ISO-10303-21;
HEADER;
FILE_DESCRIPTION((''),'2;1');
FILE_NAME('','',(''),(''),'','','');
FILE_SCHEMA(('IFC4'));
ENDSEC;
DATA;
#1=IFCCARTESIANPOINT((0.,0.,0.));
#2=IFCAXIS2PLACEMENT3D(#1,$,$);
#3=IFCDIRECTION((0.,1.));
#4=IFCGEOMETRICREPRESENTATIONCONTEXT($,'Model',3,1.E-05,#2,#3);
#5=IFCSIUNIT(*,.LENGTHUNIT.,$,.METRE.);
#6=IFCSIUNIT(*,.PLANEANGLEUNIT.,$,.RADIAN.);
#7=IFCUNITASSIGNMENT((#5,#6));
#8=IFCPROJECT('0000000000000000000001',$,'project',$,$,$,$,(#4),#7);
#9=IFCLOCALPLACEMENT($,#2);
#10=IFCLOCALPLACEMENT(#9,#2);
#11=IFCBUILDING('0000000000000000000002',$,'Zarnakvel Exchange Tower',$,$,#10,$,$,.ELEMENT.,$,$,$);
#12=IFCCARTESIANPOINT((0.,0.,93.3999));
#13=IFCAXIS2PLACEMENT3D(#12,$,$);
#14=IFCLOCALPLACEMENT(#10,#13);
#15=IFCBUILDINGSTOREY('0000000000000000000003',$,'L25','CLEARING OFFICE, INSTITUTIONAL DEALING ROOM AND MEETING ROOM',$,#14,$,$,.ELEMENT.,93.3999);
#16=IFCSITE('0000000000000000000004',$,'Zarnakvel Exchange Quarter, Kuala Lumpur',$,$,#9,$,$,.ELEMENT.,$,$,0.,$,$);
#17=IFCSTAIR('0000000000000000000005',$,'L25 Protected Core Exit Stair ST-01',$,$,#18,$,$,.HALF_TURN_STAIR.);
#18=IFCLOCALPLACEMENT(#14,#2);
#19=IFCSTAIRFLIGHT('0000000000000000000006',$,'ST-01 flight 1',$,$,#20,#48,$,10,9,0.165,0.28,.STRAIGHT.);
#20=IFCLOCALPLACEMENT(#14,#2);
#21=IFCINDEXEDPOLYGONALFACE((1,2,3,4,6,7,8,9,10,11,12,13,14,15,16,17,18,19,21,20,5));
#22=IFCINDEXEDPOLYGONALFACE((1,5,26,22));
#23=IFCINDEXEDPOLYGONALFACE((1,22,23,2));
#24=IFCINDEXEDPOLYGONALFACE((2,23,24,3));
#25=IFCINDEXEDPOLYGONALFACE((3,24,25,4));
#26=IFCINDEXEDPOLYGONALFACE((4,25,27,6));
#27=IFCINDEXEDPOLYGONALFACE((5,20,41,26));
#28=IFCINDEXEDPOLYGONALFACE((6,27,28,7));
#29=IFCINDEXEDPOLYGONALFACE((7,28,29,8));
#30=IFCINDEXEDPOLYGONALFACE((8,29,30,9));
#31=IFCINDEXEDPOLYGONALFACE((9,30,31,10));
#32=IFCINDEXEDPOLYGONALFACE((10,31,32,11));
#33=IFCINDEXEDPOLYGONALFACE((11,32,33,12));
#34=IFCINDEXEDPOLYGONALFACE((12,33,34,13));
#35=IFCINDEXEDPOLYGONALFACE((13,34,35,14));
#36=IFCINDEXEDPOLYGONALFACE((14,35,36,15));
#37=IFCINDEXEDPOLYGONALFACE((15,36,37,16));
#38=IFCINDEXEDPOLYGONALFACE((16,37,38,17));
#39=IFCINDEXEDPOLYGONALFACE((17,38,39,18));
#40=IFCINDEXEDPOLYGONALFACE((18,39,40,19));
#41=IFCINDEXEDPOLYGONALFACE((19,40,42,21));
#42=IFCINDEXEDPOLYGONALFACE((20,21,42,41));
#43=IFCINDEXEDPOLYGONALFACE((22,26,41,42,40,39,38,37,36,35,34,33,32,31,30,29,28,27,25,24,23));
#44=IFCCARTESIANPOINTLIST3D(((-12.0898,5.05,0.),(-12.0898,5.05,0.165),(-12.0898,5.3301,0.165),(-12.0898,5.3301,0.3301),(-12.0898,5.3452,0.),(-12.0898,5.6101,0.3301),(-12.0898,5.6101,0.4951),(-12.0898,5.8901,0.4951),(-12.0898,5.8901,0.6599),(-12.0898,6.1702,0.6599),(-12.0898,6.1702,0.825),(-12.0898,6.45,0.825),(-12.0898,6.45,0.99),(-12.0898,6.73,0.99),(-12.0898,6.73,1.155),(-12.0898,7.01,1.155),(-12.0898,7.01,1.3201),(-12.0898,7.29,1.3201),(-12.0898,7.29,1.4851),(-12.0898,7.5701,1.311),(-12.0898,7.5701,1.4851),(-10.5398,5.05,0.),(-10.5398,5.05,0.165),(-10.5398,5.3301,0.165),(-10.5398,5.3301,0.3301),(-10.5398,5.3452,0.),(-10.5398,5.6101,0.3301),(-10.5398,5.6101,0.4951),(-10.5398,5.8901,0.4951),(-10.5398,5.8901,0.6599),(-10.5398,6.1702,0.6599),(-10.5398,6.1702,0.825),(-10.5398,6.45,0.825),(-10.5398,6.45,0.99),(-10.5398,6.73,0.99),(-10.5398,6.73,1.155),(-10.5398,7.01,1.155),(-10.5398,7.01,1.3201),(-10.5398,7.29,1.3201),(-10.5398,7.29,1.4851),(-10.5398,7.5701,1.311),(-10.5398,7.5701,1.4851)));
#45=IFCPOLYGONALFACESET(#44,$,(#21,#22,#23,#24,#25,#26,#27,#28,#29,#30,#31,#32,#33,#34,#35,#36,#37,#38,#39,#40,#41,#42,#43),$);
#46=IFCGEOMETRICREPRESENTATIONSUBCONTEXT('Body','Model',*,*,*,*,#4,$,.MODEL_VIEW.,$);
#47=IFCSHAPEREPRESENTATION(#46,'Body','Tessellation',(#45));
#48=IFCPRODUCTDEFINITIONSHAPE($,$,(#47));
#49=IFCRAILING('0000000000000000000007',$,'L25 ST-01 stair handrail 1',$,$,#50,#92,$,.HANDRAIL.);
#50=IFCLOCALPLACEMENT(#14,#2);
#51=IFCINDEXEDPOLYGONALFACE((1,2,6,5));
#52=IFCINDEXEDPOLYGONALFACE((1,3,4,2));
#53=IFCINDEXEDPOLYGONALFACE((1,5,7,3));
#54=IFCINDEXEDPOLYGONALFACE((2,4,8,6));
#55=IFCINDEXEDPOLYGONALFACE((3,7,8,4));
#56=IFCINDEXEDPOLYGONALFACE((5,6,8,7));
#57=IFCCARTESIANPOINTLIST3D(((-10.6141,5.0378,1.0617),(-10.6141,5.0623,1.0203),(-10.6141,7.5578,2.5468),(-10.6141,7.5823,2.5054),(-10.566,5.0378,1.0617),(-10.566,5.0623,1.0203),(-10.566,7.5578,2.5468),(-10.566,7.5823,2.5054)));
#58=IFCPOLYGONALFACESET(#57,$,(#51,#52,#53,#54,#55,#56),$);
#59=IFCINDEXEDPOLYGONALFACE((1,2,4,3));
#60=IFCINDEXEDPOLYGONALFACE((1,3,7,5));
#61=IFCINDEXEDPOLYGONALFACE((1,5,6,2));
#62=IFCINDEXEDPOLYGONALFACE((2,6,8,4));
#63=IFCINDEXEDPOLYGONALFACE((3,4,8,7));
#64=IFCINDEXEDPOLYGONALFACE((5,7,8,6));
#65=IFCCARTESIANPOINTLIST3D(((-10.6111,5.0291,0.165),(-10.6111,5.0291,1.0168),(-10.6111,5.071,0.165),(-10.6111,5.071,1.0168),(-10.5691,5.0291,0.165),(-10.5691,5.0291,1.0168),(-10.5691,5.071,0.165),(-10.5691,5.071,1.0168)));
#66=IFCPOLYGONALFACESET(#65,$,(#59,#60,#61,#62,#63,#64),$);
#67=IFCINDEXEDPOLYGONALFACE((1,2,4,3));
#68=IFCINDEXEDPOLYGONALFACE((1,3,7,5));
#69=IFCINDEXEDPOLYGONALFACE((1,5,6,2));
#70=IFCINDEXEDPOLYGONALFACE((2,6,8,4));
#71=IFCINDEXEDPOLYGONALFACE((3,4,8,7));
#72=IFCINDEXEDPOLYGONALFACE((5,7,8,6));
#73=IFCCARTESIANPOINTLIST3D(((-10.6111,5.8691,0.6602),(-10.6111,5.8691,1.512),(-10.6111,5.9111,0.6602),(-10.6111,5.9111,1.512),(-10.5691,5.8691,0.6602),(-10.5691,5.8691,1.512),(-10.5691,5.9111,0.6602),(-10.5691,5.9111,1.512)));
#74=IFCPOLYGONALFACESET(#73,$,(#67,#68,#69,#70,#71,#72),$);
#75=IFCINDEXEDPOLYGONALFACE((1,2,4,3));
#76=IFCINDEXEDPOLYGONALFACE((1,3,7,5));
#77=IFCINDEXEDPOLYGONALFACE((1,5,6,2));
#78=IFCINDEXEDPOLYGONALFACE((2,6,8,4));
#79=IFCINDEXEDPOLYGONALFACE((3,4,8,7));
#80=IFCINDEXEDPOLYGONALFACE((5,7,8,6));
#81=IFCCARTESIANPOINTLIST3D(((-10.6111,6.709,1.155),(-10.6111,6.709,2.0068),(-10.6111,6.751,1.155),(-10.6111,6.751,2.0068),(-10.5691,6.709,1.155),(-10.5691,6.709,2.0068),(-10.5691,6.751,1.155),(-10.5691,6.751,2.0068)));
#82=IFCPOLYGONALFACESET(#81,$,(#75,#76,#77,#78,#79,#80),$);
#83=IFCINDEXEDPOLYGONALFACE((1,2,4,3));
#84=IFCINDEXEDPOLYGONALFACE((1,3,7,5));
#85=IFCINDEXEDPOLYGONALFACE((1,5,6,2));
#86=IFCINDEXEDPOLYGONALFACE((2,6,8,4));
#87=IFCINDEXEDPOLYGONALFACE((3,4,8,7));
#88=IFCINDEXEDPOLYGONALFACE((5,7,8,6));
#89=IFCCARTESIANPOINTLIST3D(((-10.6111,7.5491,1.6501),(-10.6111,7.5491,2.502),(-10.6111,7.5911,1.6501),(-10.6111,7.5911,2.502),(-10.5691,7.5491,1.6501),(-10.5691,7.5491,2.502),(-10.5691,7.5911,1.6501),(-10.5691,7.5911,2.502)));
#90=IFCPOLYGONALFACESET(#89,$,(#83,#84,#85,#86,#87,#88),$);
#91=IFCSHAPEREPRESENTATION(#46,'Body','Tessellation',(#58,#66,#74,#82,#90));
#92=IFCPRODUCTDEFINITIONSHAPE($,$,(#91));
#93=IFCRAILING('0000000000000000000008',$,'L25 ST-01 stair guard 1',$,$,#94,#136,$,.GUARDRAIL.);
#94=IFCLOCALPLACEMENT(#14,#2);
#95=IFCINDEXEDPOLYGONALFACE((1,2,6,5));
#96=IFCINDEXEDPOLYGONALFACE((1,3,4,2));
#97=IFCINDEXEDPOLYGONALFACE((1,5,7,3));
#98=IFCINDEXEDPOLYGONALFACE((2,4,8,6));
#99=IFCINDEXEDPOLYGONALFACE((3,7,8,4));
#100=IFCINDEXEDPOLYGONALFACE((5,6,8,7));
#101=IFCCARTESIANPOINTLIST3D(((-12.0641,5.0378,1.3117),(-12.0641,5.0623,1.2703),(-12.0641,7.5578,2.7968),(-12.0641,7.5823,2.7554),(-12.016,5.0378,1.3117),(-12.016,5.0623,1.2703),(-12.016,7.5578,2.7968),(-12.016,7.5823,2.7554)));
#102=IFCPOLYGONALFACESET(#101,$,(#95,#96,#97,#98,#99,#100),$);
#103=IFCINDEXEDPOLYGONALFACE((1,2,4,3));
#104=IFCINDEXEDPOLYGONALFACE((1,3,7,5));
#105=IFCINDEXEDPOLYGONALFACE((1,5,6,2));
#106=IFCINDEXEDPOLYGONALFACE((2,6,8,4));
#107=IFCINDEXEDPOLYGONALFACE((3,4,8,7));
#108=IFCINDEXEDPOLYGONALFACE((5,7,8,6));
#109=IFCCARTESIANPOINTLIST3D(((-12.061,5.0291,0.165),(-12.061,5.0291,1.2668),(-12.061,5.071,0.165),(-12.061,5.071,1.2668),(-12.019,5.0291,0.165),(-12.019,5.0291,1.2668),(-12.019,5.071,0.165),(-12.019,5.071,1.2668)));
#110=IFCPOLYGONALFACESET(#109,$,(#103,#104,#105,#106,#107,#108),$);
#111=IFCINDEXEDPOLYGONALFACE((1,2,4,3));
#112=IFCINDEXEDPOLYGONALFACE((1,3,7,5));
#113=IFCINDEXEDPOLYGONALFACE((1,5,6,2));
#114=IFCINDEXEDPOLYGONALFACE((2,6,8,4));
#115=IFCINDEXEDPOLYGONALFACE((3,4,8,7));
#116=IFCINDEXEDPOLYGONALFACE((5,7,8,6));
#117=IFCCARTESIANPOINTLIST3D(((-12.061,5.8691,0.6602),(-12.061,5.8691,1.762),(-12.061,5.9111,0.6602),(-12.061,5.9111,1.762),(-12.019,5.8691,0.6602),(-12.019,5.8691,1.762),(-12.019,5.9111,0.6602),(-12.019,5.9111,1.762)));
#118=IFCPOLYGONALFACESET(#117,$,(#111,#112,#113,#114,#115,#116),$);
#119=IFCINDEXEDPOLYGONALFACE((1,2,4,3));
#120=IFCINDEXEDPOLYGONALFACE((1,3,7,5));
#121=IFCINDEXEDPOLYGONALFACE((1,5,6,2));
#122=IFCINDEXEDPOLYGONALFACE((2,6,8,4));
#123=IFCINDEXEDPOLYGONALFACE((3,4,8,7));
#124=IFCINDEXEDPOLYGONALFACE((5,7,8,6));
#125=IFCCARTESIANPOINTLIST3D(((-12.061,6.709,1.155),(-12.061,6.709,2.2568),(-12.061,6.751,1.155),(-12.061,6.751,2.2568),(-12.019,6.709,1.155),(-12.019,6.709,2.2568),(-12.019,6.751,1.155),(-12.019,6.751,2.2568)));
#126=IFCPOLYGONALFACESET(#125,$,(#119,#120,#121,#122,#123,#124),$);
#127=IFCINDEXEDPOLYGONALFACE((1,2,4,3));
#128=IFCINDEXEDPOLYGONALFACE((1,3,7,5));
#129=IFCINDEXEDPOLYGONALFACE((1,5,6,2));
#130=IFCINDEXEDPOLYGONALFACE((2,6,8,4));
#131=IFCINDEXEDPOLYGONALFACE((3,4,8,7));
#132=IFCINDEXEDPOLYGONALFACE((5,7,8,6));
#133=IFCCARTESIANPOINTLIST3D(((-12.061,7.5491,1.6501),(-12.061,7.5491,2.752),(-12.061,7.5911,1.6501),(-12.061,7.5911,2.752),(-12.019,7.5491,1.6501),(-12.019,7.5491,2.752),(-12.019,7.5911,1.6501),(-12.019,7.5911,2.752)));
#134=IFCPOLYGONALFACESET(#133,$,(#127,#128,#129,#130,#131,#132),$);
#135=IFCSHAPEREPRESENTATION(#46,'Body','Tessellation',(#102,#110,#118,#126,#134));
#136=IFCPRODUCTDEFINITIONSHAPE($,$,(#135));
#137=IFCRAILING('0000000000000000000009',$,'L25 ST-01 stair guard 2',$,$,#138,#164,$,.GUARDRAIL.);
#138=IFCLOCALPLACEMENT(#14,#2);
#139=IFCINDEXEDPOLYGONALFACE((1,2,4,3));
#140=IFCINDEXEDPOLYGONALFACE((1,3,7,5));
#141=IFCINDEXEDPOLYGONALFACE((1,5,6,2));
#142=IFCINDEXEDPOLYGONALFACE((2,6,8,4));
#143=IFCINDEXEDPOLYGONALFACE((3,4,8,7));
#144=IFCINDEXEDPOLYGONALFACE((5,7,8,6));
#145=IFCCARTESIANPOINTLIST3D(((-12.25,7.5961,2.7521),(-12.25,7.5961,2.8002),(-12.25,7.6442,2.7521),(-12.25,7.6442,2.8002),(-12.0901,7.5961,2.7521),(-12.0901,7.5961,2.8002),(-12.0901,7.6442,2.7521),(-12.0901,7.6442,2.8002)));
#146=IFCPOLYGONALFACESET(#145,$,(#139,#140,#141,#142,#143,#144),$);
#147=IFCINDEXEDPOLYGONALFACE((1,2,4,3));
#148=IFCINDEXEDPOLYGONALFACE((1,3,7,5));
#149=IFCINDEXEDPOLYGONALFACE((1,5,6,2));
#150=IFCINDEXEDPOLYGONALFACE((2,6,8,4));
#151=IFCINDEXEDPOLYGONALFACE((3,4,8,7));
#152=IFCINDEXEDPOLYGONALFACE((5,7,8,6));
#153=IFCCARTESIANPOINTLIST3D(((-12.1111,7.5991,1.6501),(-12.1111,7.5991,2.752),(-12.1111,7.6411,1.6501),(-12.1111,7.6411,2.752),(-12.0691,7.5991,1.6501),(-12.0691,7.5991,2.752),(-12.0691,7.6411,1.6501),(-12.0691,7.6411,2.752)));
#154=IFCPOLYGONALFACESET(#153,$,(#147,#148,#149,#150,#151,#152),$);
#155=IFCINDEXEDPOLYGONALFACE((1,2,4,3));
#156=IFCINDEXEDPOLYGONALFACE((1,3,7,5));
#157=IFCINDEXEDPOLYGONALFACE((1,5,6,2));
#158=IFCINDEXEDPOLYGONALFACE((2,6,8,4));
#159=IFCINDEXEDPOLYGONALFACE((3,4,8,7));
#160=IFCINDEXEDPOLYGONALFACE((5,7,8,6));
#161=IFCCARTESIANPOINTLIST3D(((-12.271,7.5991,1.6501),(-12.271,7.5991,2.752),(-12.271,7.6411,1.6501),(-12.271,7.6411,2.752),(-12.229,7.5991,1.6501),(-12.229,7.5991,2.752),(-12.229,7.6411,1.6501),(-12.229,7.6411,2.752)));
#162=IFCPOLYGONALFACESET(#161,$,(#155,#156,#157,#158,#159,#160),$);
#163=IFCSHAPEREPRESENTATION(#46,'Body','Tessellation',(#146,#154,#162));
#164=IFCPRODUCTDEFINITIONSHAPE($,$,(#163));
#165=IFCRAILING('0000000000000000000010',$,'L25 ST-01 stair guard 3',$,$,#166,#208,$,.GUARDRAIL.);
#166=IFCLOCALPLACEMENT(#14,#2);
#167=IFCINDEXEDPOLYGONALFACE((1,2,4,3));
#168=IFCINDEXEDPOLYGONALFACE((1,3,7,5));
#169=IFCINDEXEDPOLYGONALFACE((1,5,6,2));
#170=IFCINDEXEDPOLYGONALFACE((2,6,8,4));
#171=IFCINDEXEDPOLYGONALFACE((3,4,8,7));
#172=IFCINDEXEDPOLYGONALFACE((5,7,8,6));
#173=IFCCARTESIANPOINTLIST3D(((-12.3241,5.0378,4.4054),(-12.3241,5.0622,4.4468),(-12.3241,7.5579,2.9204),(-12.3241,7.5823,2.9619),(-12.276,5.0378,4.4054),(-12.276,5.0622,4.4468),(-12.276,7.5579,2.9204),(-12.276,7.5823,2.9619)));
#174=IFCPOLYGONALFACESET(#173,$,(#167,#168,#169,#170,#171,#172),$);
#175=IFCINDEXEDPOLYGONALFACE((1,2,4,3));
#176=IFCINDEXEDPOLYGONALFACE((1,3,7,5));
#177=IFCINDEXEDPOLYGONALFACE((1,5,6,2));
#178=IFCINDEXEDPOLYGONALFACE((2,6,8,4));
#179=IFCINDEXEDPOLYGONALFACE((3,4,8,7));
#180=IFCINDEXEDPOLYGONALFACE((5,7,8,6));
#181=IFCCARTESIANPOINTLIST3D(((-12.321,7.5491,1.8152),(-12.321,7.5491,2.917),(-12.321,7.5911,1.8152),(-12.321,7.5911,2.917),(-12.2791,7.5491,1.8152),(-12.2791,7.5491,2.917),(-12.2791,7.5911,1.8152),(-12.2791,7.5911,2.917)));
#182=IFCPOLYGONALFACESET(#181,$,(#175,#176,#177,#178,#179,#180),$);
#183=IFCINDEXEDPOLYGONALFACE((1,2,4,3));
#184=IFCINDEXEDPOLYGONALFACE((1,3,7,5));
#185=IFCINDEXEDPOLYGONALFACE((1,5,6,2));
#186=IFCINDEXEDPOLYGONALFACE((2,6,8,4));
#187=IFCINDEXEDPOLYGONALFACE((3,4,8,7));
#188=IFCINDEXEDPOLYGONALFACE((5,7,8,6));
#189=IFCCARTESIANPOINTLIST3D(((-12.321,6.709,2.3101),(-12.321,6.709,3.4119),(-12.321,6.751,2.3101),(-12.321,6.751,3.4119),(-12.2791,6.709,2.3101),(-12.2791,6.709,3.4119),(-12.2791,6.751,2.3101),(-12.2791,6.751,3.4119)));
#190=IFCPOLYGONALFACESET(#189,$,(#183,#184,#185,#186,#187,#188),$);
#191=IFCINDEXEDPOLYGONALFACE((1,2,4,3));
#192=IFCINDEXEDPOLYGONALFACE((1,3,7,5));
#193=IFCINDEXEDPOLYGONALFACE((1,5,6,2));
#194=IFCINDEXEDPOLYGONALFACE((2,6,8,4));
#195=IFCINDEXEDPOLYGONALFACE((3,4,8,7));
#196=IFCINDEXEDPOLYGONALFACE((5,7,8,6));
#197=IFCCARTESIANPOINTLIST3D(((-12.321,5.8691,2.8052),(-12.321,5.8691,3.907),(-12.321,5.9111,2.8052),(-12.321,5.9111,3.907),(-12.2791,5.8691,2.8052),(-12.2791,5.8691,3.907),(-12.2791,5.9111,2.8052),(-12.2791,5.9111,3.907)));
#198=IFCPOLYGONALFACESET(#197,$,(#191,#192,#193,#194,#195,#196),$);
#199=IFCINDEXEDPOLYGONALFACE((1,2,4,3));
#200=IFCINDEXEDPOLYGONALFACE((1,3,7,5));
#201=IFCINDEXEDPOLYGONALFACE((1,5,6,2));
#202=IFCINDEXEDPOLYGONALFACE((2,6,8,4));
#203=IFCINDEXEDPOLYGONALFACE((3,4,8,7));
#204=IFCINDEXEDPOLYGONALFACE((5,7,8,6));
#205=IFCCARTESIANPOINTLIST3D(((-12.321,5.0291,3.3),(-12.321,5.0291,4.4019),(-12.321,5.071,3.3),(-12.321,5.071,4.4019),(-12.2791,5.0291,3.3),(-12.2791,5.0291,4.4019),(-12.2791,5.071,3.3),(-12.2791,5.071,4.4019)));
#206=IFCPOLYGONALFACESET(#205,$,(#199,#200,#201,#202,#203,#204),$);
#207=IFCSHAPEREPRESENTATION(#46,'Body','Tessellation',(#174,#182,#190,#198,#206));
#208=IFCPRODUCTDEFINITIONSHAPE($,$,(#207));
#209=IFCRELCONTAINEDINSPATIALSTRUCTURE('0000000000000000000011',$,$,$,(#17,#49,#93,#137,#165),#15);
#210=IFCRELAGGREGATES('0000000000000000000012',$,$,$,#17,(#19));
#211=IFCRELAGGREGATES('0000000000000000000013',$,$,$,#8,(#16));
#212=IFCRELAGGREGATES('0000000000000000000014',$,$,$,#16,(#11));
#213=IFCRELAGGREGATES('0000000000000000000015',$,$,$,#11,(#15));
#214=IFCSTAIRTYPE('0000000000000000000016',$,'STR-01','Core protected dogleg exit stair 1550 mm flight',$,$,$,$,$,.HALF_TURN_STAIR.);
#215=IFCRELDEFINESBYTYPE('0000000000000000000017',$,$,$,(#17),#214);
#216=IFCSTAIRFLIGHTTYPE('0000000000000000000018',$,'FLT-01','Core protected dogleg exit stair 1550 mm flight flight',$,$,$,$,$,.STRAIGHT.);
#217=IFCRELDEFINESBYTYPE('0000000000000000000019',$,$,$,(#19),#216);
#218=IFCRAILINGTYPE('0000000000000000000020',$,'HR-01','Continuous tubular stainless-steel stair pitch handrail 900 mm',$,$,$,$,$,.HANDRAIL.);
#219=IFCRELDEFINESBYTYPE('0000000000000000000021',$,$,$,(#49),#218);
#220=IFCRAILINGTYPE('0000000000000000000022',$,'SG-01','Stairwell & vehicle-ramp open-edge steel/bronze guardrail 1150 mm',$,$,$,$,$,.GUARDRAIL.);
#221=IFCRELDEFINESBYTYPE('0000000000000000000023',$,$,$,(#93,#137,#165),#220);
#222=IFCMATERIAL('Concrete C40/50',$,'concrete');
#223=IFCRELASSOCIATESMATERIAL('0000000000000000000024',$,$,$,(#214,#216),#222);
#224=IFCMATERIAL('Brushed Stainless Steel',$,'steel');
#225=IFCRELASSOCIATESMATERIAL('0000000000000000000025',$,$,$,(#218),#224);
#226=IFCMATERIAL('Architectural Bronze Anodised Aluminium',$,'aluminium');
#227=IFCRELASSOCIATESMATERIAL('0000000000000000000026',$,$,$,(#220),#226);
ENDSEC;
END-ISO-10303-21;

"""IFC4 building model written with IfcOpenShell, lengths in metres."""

from ifc_helpers import new_model, si_unit, direction, frame, origin, origin_2d, place, context, subcontext, project, spatial, polyline, rectangle, outline, extrude, material, type_object, element, aggregate, save


model = new_model("IFC4")

# Units and contexts
model_context = context("Model", 3, precision=1e-05, world=origin(), true_north=direction((0.0, 1.0)))
body_context = subcontext(model_context, "Body", "Model", "MODEL_VIEW")
ifc_project = project(units=[si_unit("LENGTHUNIT", "METRE"), si_unit("PLANEANGLEUNIT", "RADIAN")], contexts=[model_context])

# Site, building, storey
site_placement = place(None, origin())
site = spatial("IfcSite", under=ifc_project, at=site_placement, Name="Zarnakvel Exchange Quarter, Kuala Lumpur", CompositionType="ELEMENT", RefElevation=0.0)
building_placement = place(site_placement, origin())
building = spatial("IfcBuilding", under=site, at=building_placement, Name="Zarnakvel Exchange Tower", CompositionType="ELEMENT")
storey_placement = place(building_placement, frame((0.0, 0.0, 93.3999)))
storey = spatial("IfcBuildingStorey", under=building, at=storey_placement, Name="L25", Description="CLEARING OFFICE, INSTITUTIONAL DEALING ROOM AND MEETING ROOM", CompositionType="ELEMENT", Elevation=93.3999)

# Shared definitions
ifc_material_1 = material(Name="Concrete C40/50", Category="concrete")
ifc_material_2 = material(Name="Brushed Stainless Steel", Category="steel")

# Shared definitions
ifc_material_3 = material(Name="Architectural Bronze Anodised Aluminium", Category="aluminium")

# Stair, stair flight
stair_type = type_object("IfcStairType", Name="STR-01", Description="Core protected dogleg exit stair 1550 mm flight", PredefinedType="HALF_TURN_STAIR", material=ifc_material_1)
stair_placement = place(storey_placement, origin())
stair = element("IfcStair", 1, at=stair_placement, inside=storey, type_object=stair_type, Name="L25 Protected Core Exit Stair ST-01", PredefinedType="HALF_TURN_STAIR")
stair_flight_type = type_object("IfcStairFlightType", Name="FLT-01", Description="Core protected dogleg exit stair 1550 mm flight flight", PredefinedType="STRAIGHT", material=ifc_material_1)
stair_flight_placement = place(storey_placement, frame((-11.3149, 5.05, 0.0), z_axis=(0.0, 0.0, 1.0), x_axis=(0.0, 1.0, 0.0)))
stair_flight = element("IfcStairFlight", 2, at=stair_flight_placement, type_object=stair_flight_type, Name="ST-01 flight 1", NumberOfRisers=10, NumberOfTreads=9, PredefinedType="STRAIGHT", RiserHeight=0.165, TreadLength=0.28, context=body_context, shape_type="SweptSolid", body=[
    extrude(outline(polyline([(0.0, 0.0), (0.0, 0.165), (0.28, 0.165), (0.28, 0.3301), (0.5601, 0.3301), (0.5601, 0.4951), (0.8401, 0.4951), (0.8401, 0.6599), (1.1201, 0.6599), (1.1201, 0.825), (1.3999, 0.825), (1.3999, 0.99), (1.6799, 0.99), (1.6799, 1.155), (1.96, 1.155), (1.96, 1.3201), (2.24, 1.3201), (2.24, 1.4851), (2.52, 1.4851), (2.52, 1.6499), (2.52, 1.311), (0.2952, 0.0), (0.0, 0.0)])), frame((0.0, 0.7749, 0.0), z_axis=(0.0, -1.0, 0.0), x_axis=(1.0, 0.0, 0.0)), (0.0, 0.0, 1.0), 1.55),
])
aggregate(stair, [stair_flight])

# Railings
railing_type_1 = type_object("IfcRailingType", Name="HR-01", Description="Continuous tubular stainless-steel stair pitch handrail 900 mm", PredefinedType="HANDRAIL", material=ifc_material_2)
railing_1_placement = place(storey_placement, frame((-10.5901, 5.05, 0.165)))
element("IfcRailing", 3, at=railing_1_placement, inside=storey, type_object=railing_type_1, Name="L25 ST-01 stair handrail 1", PredefinedType="HANDRAIL", context=body_context, shape_type="SweptSolid", body=[
    extrude(rectangle(XDim=0.0481, YDim=0.0481, at=origin_2d()), frame((0.0, 0.0, 0.876), z_axis=(0.0, 0.861524, 0.507717), x_axis=(-1.0, 0.0, 0.0)), (0.0, 0.0, 1.0), 2.925),
    extrude(rectangle(XDim=0.042, YDim=0.042, at=origin_2d()), origin(), (0.0, 0.0, 1.0), 0.8518),
    extrude(rectangle(XDim=0.042, YDim=0.042, at=origin_2d()), frame((0.0, 0.8401, 0.4951)), (0.0, 0.0, 1.0), 0.8518),
    extrude(rectangle(XDim=0.042, YDim=0.042, at=origin_2d()), frame((0.0, 1.6799, 0.99)), (0.0, 0.0, 1.0), 0.8518),
    extrude(rectangle(XDim=0.042, YDim=0.042, at=origin_2d()), frame((0.0, 2.52, 1.4851)), (0.0, 0.0, 1.0), 0.8518),
])
railing_type_2 = type_object("IfcRailingType", Name="SG-01", Description="Stairwell & vehicle-ramp open-edge steel/bronze guardrail 1150 mm", PredefinedType="GUARDRAIL", material=ifc_material_3)
railing_2_placement = place(storey_placement, frame((-12.04, 5.05, 0.165)))
element("IfcRailing", 4, at=railing_2_placement, inside=storey, type_object=railing_type_2, Name="L25 ST-01 stair guard 1", PredefinedType="GUARDRAIL", context=body_context, shape_type="SweptSolid", body=[
    extrude(rectangle(XDim=0.0481, YDim=0.0481, at=origin_2d()), frame((0.0, 0.0, 1.126), z_axis=(0.0, 0.861524, 0.507717), x_axis=(-1.0, 0.0, 0.0)), (0.0, 0.0, 1.0), 2.925),
    extrude(rectangle(XDim=0.042, YDim=0.042, at=origin_2d()), origin(), (0.0, 0.0, 1.0), 1.1018),
    extrude(rectangle(XDim=0.042, YDim=0.042, at=origin_2d()), frame((0.0, 0.8401, 0.4951)), (0.0, 0.0, 1.0), 1.1018),
    extrude(rectangle(XDim=0.042, YDim=0.042, at=origin_2d()), frame((0.0, 1.6799, 0.99)), (0.0, 0.0, 1.0), 1.1018),
    extrude(rectangle(XDim=0.042, YDim=0.042, at=origin_2d()), frame((0.0, 2.52, 1.4851)), (0.0, 0.0, 1.0), 1.1018),
])
railing_3_placement = place(storey_placement, frame((-12.0901, 7.6201, 1.6501)))
element("IfcRailing", 5, at=railing_3_placement, inside=storey, type_object=railing_type_2, Name="L25 ST-01 stair guard 2", PredefinedType="GUARDRAIL", context=body_context, shape_type="SweptSolid", body=[
    extrude(rectangle(XDim=0.0481, YDim=0.0481, at=origin_2d()), frame((0.0, 0.0, 1.126), z_axis=(-1.0, 0.0, 0.0), x_axis=(0.0, -1.0, 0.0)), (0.0, 0.0, 1.0), 0.1599),
    extrude(rectangle(XDim=0.042, YDim=0.042, at=origin_2d()), origin(), (0.0, 0.0, 1.0), 1.1018),
    extrude(rectangle(XDim=0.042, YDim=0.042, at=origin_2d()), frame((-0.1599, 0.0, 0.0)), (0.0, 0.0, 1.0), 1.1018),
])
railing_4_placement = place(storey_placement, frame((-12.3, 7.5701, 1.8152)))
element("IfcRailing", 6, at=railing_4_placement, inside=storey, type_object=railing_type_2, Name="L25 ST-01 stair guard 3", PredefinedType="GUARDRAIL", context=body_context, shape_type="SweptSolid", body=[
    extrude(rectangle(XDim=0.0481, YDim=0.0481, at=origin_2d()), frame((0.0, 0.0, 1.126), z_axis=(0.0, -0.861561, 0.507655), x_axis=(1.0, 0.0, 0.0)), (0.0, 0.0, 1.0), 2.925),
    extrude(rectangle(XDim=0.042, YDim=0.042, at=origin_2d()), origin(), (0.0, 0.0, 1.0), 1.1018),
    extrude(rectangle(XDim=0.042, YDim=0.042, at=origin_2d()), frame((0.0, -0.8401, 0.4949)), (0.0, 0.0, 1.0), 1.1018),
    extrude(rectangle(XDim=0.042, YDim=0.042, at=origin_2d()), frame((0.0, -1.6799, 0.99)), (0.0, 0.0, 1.0), 1.1018),
    extrude(rectangle(XDim=0.042, YDim=0.042, at=origin_2d()), frame((0.0, -2.52, 1.4849)), (0.0, 0.0, 1.0), 1.1018),
])

save(model, "model.ifc")
